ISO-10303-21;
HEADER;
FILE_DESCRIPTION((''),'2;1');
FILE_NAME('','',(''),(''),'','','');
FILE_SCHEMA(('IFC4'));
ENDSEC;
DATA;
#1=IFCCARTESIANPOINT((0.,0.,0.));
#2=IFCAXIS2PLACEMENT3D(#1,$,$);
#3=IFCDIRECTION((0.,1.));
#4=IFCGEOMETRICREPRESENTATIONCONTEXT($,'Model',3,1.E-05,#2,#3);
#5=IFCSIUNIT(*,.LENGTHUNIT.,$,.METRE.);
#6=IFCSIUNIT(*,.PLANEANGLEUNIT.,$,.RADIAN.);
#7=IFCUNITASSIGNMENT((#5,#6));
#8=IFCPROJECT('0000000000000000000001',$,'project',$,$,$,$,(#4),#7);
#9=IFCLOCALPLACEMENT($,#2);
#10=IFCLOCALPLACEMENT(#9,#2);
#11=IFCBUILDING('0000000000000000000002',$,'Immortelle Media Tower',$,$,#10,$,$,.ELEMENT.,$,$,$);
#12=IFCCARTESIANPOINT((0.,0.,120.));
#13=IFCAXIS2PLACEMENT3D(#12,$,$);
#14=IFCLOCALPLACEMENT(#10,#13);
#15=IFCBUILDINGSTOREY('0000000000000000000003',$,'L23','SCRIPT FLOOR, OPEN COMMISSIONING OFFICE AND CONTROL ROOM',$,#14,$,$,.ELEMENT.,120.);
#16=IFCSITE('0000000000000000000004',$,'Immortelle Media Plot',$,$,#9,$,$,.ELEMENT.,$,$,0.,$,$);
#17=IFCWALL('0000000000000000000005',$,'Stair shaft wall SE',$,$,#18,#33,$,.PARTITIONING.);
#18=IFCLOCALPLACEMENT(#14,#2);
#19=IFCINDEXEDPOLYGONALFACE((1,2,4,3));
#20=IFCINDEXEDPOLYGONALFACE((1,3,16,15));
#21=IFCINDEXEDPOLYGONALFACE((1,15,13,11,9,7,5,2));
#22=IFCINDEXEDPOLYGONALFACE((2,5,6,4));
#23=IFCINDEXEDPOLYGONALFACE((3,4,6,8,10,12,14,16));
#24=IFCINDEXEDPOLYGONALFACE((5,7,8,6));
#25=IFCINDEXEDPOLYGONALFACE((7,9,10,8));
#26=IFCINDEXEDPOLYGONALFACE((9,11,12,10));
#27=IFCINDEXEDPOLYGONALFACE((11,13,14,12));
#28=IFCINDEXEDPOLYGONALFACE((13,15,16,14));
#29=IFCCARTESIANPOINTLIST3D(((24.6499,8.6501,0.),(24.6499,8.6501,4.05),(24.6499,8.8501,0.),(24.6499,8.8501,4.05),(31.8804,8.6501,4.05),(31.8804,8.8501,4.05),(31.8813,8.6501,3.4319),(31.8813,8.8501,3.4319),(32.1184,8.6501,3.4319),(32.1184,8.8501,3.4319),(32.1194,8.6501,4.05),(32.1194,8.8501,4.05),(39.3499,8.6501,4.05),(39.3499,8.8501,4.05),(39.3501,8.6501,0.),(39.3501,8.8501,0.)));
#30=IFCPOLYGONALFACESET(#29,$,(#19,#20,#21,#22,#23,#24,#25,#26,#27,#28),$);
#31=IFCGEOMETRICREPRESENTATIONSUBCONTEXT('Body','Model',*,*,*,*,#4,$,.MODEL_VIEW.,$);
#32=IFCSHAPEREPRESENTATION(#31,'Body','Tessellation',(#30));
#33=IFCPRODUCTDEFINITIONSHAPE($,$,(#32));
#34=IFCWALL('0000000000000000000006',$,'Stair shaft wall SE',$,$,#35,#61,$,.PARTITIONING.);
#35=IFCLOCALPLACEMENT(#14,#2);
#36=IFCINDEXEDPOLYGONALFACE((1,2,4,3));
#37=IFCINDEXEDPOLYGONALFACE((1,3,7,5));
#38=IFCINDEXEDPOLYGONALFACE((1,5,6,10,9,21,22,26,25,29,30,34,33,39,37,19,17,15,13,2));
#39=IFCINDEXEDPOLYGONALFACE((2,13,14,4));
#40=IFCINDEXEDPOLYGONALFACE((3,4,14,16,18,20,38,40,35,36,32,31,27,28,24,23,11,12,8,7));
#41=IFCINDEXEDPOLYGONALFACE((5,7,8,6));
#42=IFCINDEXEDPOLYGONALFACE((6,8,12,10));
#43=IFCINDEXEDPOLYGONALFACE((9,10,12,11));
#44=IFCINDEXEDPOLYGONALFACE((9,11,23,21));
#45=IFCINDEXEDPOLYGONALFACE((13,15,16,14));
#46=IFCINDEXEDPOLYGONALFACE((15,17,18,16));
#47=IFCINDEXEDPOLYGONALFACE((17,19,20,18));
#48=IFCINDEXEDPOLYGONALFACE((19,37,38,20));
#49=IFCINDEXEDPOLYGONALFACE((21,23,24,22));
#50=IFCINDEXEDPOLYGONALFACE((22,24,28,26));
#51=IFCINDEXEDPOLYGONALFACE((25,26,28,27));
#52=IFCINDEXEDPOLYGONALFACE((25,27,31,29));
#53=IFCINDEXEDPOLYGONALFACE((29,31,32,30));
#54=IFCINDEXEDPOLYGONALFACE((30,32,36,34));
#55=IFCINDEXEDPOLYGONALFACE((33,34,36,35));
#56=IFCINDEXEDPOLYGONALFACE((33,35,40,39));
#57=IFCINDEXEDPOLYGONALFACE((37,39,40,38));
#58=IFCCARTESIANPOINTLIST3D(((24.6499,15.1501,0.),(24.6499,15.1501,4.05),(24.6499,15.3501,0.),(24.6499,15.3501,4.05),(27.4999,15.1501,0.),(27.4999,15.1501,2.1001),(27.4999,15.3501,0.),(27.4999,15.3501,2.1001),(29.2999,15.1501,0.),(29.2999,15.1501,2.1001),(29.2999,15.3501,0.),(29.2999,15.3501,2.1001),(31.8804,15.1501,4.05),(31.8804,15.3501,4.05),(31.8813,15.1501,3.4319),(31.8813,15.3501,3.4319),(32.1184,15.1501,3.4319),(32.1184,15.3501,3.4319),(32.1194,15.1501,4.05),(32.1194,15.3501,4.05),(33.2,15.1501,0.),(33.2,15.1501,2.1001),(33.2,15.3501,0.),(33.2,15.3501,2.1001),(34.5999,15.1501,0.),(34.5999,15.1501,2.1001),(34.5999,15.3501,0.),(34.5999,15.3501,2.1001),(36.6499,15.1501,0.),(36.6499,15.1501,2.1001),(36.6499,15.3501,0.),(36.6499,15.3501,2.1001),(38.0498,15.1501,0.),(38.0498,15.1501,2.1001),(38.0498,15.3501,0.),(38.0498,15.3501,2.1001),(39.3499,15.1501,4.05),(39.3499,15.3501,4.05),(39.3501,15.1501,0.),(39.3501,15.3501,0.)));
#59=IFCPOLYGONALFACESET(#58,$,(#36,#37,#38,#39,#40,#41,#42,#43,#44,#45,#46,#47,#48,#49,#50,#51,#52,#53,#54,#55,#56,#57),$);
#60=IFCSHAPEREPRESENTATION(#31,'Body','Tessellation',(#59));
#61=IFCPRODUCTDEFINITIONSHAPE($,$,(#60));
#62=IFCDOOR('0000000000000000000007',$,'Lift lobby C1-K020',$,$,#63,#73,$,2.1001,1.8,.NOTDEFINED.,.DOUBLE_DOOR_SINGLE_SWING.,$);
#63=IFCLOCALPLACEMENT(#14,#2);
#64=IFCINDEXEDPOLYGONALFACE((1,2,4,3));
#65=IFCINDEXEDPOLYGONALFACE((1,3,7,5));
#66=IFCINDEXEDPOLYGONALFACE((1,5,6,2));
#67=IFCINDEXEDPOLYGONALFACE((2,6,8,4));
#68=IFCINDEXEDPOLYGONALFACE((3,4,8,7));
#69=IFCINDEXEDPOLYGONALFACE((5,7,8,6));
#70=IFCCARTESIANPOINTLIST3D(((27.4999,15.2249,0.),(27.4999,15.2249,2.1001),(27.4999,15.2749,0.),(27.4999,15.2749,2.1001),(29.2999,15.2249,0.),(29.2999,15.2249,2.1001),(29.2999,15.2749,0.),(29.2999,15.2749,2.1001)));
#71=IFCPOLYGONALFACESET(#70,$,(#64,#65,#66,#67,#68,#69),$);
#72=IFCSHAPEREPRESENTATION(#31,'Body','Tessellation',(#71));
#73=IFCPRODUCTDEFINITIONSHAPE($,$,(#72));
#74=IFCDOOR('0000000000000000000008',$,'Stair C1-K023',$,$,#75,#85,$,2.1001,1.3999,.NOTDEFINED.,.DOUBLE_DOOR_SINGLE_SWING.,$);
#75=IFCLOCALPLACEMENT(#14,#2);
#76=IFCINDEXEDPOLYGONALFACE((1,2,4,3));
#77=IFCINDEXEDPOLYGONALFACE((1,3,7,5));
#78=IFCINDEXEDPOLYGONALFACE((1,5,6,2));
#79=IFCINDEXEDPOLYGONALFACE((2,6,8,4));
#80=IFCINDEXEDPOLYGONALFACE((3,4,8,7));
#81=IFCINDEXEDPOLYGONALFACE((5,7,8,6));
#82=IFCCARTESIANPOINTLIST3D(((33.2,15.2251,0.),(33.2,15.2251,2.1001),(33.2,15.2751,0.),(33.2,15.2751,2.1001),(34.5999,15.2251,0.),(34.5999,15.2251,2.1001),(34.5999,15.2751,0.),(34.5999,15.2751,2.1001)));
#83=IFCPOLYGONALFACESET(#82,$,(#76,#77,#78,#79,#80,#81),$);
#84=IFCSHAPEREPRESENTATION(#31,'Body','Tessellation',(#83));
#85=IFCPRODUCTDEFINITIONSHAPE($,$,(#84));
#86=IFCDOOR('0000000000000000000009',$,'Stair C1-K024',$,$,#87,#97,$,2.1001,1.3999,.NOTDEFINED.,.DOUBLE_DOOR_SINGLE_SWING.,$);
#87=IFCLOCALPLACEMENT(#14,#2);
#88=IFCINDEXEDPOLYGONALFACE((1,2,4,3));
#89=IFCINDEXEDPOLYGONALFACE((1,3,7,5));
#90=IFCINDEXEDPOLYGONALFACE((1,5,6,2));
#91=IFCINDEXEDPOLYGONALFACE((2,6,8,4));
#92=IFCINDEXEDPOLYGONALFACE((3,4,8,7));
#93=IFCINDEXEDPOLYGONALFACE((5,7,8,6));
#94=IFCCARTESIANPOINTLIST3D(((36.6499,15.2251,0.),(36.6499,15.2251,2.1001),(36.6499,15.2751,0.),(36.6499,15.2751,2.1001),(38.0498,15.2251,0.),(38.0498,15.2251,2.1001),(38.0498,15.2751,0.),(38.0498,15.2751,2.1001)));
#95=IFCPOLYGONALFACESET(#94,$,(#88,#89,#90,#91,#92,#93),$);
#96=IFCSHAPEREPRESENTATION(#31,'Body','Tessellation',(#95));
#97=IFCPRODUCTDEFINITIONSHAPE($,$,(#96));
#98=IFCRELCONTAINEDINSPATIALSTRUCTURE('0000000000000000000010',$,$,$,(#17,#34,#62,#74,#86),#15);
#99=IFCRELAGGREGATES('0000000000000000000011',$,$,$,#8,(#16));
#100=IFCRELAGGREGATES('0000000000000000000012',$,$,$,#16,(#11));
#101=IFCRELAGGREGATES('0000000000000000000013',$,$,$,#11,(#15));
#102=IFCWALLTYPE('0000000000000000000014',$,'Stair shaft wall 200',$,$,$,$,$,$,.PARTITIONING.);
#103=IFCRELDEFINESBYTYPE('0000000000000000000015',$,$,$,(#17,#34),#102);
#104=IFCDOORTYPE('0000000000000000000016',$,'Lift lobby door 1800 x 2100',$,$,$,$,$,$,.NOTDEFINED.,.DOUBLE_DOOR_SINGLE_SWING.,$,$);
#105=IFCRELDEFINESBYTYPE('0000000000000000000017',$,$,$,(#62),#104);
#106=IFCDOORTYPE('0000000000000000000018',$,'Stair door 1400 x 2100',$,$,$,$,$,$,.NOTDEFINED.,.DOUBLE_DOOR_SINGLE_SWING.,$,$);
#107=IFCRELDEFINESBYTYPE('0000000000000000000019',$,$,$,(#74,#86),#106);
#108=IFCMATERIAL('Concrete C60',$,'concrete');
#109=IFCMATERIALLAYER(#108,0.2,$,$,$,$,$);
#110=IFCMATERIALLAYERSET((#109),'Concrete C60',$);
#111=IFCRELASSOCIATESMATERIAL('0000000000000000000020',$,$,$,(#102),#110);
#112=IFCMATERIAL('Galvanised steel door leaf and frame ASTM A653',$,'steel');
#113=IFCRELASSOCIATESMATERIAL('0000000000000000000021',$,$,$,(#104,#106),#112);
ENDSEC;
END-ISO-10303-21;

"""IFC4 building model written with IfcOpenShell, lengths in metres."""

from ifc_helpers import new_model, si_unit, direction, frame, frame_2d, origin, place, context, subcontext, project, spatial, polyline, rectangle, outline, extrude, material, layer, layer_set, type_object, element, fill, save


model = new_model("IFC4")

# Units and contexts
model_context = context("Model", 3, precision=1e-05, world=origin(), true_north=direction((0.0, 1.0)))
body_context = subcontext(model_context, "Body", "Model", "MODEL_VIEW")
ifc_project = project(units=[si_unit("LENGTHUNIT", "METRE"), si_unit("PLANEANGLEUNIT", "RADIAN")], contexts=[model_context])

# Site, building, storey
site_placement = place(None, origin())
site = spatial("IfcSite", under=ifc_project, at=site_placement, Name="Immortelle Media Plot", CompositionType="ELEMENT", RefElevation=0.0)
building_placement = place(site_placement, origin())
building = spatial("IfcBuilding", under=site, at=building_placement, Name="Immortelle Media Tower", CompositionType="ELEMENT")
storey_placement = place(building_placement, frame((0.0, 0.0, 120.0)))
storey = spatial("IfcBuildingStorey", under=building, at=storey_placement, Name="L23", Description="SCRIPT FLOOR, OPEN COMMISSIONING OFFICE AND CONTROL ROOM", CompositionType="ELEMENT", Elevation=120.0)

# Shared definitions
ifc_material_1 = material(Name="Galvanised steel door leaf and frame ASTM A653", Category="steel")

# Wall
ifc_material_2 = material(Name="Concrete C60", Category="concrete")
ifc_layer_1 = layer(ifc_material_2, 0.2)
ifc_layer_set_1 = layer_set([ifc_layer_1], Name="Concrete C60")
wall_type_1 = type_object("IfcWallType", Name="Stair shaft wall 200", PredefinedType="PARTITIONING", material=ifc_layer_set_1)
wall_1_placement = place(storey_placement, frame((24.6499, 8.75, 0.0), z_axis=(0.0, 0.0, 1.0), x_axis=(1.0, 0.0, 0.0)))
element("IfcWall", 1, at=wall_1_placement, inside=storey, type_object=wall_type_1, Name="Stair shaft wall SE", PredefinedType="PARTITIONING", context=body_context, shape_type="SweptSolid", body=[
    extrude(outline(polyline([(0.0, 0.0), (14.7002, 0.0), (14.7, 4.05), (7.4695, 4.05), (7.4685, 3.4319), (7.2314, 3.4319), (7.2305, 4.05), (0.0, 4.05), (0.0, 0.0)])), frame((0.0, 0.1001, 0.0), z_axis=(0.0, -1.0, 0.0), x_axis=(1.0, 0.0, 0.0)), (0.0, 0.0, 1.0), 0.2),
])

# Wall, openings, doors
wall_2_placement = place(storey_placement, frame((24.6499, 15.25, 0.0), z_axis=(0.0, 0.0, 1.0), x_axis=(1.0, 0.0, 0.0)))
wall_2 = element("IfcWall", 2, at=wall_2_placement, inside=storey, type_object=wall_type_1, Name="Stair shaft wall SE", PredefinedType="PARTITIONING", context=body_context, shape_type="SweptSolid", body=[
    extrude(outline(polyline([(0.0, 0.0), (14.7002, 0.0), (14.7, 4.05), (7.4695, 4.05), (7.4685, 3.4319), (7.2314, 3.4319), (7.2305, 4.05), (0.0, 4.05), (0.0, 0.0)])), frame((0.0, 0.1001, 0.0), z_axis=(0.0, -1.0, 0.0), x_axis=(1.0, 0.0, 0.0)), (0.0, 0.0, 1.0), 0.2),
])
opening_1_placement = place(wall_2_placement, frame((2.8501, 0.0, 0.0)))
opening_1 = element("IfcOpeningElement", 3, at=opening_1_placement, cuts=wall_2, PredefinedType="OPENING", context=body_context, shape_type="SweptSolid", body=[
    extrude(rectangle(XDim=1.8, YDim=2.1001, at=frame_2d((0.8999, 1.05))), frame((0.0, 0.1099, 0.0), z_axis=(0.0, -1.0, 0.0), x_axis=(1.0, 0.0, 0.0)), (0.0, 0.0, 1.0), 0.22),
])
opening_2_placement = place(wall_2_placement, frame((9.95, 0.0, 0.0), z_axis=(0.0, 0.0, 1.0), x_axis=(-1.0, 0.0, 0.0)))
opening_2 = element("IfcOpeningElement", 4, at=opening_2_placement, cuts=wall_2, PredefinedType="OPENING", context=body_context, shape_type="SweptSolid", body=[
    extrude(rectangle(XDim=1.3999, YDim=2.1001, at=frame_2d((0.7, 1.05))), frame((0.0, 0.1099, 0.0), z_axis=(0.0, -1.0, 0.0), x_axis=(1.0, 0.0, 0.0)), (0.0, 0.0, 1.0), 0.22),
])
opening_3_placement = place(wall_2_placement, frame((13.3999, 0.0, 0.0), z_axis=(0.0, 0.0, 1.0), x_axis=(-1.0, 0.0, 0.0)))
opening_3 = element("IfcOpeningElement", 5, at=opening_3_placement, cuts=wall_2, PredefinedType="OPENING", context=body_context, shape_type="SweptSolid", body=[
    extrude(rectangle(XDim=1.3999, YDim=2.1001, at=frame_2d((0.7, 1.05))), frame((0.0, 0.1099, 0.0), z_axis=(0.0, -1.0, 0.0), x_axis=(1.0, 0.0, 0.0)), (0.0, 0.0, 1.0), 0.22),
])
door_type_1 = type_object("IfcDoorType", Name="Lift lobby door 1800 x 2100", OperationType="DOUBLE_DOOR_SINGLE_SWING", PredefinedType="NOTDEFINED", material=ifc_material_1)
door_1_placement = place(opening_1_placement, origin())
door_1 = element("IfcDoor", 6, at=door_1_placement, inside=storey, type_object=door_type_1, Name="Lift lobby C1-K020", OperationType="DOUBLE_DOOR_SINGLE_SWING", OverallHeight=2.1001, OverallWidth=1.8, PredefinedType="NOTDEFINED", context=body_context, shape_type="SweptSolid", body=[
    extrude(rectangle(XDim=1.8, YDim=2.1001, at=frame_2d((0.8999, 1.05))), frame((0.0, 0.0249, 0.0), z_axis=(0.0, -1.0, 0.0), x_axis=(1.0, 0.0, 0.0)), (0.0, 0.0, 1.0), 0.05),
])
fill(opening_1, door_1)
door_type_2 = type_object("IfcDoorType", Name="Stair door 1400 x 2100", OperationType="DOUBLE_DOOR_SINGLE_SWING", PredefinedType="NOTDEFINED", material=ifc_material_1)
door_2_placement = place(opening_2_placement, origin())
door_2 = element("IfcDoor", 7, at=door_2_placement, inside=storey, type_object=door_type_2, Name="Stair C1-K023", OperationType="DOUBLE_DOOR_SINGLE_SWING", OverallHeight=2.1001, OverallWidth=1.3999, PredefinedType="NOTDEFINED", context=body_context, shape_type="SweptSolid", body=[
    extrude(rectangle(XDim=1.3999, YDim=2.1001, at=frame_2d((0.7, 1.05))), frame((0.0, 0.0249, 0.0), z_axis=(0.0, -1.0, 0.0), x_axis=(1.0, 0.0, 0.0)), (0.0, 0.0, 1.0), 0.05),
])
fill(opening_2, door_2)
door_3_placement = place(opening_3_placement, origin())
door_3 = element("IfcDoor", 8, at=door_3_placement, inside=storey, type_object=door_type_2, Name="Stair C1-K024", OperationType="DOUBLE_DOOR_SINGLE_SWING", OverallHeight=2.1001, OverallWidth=1.3999, PredefinedType="NOTDEFINED", context=body_context, shape_type="SweptSolid", body=[
    extrude(rectangle(XDim=1.3999, YDim=2.1001, at=frame_2d((0.7, 1.05))), frame((0.0, 0.0249, 0.0), z_axis=(0.0, -1.0, 0.0), x_axis=(1.0, 0.0, 0.0)), (0.0, 0.0, 1.0), 0.05),
])
fill(opening_3, door_3)

save(model, "model.ifc")
